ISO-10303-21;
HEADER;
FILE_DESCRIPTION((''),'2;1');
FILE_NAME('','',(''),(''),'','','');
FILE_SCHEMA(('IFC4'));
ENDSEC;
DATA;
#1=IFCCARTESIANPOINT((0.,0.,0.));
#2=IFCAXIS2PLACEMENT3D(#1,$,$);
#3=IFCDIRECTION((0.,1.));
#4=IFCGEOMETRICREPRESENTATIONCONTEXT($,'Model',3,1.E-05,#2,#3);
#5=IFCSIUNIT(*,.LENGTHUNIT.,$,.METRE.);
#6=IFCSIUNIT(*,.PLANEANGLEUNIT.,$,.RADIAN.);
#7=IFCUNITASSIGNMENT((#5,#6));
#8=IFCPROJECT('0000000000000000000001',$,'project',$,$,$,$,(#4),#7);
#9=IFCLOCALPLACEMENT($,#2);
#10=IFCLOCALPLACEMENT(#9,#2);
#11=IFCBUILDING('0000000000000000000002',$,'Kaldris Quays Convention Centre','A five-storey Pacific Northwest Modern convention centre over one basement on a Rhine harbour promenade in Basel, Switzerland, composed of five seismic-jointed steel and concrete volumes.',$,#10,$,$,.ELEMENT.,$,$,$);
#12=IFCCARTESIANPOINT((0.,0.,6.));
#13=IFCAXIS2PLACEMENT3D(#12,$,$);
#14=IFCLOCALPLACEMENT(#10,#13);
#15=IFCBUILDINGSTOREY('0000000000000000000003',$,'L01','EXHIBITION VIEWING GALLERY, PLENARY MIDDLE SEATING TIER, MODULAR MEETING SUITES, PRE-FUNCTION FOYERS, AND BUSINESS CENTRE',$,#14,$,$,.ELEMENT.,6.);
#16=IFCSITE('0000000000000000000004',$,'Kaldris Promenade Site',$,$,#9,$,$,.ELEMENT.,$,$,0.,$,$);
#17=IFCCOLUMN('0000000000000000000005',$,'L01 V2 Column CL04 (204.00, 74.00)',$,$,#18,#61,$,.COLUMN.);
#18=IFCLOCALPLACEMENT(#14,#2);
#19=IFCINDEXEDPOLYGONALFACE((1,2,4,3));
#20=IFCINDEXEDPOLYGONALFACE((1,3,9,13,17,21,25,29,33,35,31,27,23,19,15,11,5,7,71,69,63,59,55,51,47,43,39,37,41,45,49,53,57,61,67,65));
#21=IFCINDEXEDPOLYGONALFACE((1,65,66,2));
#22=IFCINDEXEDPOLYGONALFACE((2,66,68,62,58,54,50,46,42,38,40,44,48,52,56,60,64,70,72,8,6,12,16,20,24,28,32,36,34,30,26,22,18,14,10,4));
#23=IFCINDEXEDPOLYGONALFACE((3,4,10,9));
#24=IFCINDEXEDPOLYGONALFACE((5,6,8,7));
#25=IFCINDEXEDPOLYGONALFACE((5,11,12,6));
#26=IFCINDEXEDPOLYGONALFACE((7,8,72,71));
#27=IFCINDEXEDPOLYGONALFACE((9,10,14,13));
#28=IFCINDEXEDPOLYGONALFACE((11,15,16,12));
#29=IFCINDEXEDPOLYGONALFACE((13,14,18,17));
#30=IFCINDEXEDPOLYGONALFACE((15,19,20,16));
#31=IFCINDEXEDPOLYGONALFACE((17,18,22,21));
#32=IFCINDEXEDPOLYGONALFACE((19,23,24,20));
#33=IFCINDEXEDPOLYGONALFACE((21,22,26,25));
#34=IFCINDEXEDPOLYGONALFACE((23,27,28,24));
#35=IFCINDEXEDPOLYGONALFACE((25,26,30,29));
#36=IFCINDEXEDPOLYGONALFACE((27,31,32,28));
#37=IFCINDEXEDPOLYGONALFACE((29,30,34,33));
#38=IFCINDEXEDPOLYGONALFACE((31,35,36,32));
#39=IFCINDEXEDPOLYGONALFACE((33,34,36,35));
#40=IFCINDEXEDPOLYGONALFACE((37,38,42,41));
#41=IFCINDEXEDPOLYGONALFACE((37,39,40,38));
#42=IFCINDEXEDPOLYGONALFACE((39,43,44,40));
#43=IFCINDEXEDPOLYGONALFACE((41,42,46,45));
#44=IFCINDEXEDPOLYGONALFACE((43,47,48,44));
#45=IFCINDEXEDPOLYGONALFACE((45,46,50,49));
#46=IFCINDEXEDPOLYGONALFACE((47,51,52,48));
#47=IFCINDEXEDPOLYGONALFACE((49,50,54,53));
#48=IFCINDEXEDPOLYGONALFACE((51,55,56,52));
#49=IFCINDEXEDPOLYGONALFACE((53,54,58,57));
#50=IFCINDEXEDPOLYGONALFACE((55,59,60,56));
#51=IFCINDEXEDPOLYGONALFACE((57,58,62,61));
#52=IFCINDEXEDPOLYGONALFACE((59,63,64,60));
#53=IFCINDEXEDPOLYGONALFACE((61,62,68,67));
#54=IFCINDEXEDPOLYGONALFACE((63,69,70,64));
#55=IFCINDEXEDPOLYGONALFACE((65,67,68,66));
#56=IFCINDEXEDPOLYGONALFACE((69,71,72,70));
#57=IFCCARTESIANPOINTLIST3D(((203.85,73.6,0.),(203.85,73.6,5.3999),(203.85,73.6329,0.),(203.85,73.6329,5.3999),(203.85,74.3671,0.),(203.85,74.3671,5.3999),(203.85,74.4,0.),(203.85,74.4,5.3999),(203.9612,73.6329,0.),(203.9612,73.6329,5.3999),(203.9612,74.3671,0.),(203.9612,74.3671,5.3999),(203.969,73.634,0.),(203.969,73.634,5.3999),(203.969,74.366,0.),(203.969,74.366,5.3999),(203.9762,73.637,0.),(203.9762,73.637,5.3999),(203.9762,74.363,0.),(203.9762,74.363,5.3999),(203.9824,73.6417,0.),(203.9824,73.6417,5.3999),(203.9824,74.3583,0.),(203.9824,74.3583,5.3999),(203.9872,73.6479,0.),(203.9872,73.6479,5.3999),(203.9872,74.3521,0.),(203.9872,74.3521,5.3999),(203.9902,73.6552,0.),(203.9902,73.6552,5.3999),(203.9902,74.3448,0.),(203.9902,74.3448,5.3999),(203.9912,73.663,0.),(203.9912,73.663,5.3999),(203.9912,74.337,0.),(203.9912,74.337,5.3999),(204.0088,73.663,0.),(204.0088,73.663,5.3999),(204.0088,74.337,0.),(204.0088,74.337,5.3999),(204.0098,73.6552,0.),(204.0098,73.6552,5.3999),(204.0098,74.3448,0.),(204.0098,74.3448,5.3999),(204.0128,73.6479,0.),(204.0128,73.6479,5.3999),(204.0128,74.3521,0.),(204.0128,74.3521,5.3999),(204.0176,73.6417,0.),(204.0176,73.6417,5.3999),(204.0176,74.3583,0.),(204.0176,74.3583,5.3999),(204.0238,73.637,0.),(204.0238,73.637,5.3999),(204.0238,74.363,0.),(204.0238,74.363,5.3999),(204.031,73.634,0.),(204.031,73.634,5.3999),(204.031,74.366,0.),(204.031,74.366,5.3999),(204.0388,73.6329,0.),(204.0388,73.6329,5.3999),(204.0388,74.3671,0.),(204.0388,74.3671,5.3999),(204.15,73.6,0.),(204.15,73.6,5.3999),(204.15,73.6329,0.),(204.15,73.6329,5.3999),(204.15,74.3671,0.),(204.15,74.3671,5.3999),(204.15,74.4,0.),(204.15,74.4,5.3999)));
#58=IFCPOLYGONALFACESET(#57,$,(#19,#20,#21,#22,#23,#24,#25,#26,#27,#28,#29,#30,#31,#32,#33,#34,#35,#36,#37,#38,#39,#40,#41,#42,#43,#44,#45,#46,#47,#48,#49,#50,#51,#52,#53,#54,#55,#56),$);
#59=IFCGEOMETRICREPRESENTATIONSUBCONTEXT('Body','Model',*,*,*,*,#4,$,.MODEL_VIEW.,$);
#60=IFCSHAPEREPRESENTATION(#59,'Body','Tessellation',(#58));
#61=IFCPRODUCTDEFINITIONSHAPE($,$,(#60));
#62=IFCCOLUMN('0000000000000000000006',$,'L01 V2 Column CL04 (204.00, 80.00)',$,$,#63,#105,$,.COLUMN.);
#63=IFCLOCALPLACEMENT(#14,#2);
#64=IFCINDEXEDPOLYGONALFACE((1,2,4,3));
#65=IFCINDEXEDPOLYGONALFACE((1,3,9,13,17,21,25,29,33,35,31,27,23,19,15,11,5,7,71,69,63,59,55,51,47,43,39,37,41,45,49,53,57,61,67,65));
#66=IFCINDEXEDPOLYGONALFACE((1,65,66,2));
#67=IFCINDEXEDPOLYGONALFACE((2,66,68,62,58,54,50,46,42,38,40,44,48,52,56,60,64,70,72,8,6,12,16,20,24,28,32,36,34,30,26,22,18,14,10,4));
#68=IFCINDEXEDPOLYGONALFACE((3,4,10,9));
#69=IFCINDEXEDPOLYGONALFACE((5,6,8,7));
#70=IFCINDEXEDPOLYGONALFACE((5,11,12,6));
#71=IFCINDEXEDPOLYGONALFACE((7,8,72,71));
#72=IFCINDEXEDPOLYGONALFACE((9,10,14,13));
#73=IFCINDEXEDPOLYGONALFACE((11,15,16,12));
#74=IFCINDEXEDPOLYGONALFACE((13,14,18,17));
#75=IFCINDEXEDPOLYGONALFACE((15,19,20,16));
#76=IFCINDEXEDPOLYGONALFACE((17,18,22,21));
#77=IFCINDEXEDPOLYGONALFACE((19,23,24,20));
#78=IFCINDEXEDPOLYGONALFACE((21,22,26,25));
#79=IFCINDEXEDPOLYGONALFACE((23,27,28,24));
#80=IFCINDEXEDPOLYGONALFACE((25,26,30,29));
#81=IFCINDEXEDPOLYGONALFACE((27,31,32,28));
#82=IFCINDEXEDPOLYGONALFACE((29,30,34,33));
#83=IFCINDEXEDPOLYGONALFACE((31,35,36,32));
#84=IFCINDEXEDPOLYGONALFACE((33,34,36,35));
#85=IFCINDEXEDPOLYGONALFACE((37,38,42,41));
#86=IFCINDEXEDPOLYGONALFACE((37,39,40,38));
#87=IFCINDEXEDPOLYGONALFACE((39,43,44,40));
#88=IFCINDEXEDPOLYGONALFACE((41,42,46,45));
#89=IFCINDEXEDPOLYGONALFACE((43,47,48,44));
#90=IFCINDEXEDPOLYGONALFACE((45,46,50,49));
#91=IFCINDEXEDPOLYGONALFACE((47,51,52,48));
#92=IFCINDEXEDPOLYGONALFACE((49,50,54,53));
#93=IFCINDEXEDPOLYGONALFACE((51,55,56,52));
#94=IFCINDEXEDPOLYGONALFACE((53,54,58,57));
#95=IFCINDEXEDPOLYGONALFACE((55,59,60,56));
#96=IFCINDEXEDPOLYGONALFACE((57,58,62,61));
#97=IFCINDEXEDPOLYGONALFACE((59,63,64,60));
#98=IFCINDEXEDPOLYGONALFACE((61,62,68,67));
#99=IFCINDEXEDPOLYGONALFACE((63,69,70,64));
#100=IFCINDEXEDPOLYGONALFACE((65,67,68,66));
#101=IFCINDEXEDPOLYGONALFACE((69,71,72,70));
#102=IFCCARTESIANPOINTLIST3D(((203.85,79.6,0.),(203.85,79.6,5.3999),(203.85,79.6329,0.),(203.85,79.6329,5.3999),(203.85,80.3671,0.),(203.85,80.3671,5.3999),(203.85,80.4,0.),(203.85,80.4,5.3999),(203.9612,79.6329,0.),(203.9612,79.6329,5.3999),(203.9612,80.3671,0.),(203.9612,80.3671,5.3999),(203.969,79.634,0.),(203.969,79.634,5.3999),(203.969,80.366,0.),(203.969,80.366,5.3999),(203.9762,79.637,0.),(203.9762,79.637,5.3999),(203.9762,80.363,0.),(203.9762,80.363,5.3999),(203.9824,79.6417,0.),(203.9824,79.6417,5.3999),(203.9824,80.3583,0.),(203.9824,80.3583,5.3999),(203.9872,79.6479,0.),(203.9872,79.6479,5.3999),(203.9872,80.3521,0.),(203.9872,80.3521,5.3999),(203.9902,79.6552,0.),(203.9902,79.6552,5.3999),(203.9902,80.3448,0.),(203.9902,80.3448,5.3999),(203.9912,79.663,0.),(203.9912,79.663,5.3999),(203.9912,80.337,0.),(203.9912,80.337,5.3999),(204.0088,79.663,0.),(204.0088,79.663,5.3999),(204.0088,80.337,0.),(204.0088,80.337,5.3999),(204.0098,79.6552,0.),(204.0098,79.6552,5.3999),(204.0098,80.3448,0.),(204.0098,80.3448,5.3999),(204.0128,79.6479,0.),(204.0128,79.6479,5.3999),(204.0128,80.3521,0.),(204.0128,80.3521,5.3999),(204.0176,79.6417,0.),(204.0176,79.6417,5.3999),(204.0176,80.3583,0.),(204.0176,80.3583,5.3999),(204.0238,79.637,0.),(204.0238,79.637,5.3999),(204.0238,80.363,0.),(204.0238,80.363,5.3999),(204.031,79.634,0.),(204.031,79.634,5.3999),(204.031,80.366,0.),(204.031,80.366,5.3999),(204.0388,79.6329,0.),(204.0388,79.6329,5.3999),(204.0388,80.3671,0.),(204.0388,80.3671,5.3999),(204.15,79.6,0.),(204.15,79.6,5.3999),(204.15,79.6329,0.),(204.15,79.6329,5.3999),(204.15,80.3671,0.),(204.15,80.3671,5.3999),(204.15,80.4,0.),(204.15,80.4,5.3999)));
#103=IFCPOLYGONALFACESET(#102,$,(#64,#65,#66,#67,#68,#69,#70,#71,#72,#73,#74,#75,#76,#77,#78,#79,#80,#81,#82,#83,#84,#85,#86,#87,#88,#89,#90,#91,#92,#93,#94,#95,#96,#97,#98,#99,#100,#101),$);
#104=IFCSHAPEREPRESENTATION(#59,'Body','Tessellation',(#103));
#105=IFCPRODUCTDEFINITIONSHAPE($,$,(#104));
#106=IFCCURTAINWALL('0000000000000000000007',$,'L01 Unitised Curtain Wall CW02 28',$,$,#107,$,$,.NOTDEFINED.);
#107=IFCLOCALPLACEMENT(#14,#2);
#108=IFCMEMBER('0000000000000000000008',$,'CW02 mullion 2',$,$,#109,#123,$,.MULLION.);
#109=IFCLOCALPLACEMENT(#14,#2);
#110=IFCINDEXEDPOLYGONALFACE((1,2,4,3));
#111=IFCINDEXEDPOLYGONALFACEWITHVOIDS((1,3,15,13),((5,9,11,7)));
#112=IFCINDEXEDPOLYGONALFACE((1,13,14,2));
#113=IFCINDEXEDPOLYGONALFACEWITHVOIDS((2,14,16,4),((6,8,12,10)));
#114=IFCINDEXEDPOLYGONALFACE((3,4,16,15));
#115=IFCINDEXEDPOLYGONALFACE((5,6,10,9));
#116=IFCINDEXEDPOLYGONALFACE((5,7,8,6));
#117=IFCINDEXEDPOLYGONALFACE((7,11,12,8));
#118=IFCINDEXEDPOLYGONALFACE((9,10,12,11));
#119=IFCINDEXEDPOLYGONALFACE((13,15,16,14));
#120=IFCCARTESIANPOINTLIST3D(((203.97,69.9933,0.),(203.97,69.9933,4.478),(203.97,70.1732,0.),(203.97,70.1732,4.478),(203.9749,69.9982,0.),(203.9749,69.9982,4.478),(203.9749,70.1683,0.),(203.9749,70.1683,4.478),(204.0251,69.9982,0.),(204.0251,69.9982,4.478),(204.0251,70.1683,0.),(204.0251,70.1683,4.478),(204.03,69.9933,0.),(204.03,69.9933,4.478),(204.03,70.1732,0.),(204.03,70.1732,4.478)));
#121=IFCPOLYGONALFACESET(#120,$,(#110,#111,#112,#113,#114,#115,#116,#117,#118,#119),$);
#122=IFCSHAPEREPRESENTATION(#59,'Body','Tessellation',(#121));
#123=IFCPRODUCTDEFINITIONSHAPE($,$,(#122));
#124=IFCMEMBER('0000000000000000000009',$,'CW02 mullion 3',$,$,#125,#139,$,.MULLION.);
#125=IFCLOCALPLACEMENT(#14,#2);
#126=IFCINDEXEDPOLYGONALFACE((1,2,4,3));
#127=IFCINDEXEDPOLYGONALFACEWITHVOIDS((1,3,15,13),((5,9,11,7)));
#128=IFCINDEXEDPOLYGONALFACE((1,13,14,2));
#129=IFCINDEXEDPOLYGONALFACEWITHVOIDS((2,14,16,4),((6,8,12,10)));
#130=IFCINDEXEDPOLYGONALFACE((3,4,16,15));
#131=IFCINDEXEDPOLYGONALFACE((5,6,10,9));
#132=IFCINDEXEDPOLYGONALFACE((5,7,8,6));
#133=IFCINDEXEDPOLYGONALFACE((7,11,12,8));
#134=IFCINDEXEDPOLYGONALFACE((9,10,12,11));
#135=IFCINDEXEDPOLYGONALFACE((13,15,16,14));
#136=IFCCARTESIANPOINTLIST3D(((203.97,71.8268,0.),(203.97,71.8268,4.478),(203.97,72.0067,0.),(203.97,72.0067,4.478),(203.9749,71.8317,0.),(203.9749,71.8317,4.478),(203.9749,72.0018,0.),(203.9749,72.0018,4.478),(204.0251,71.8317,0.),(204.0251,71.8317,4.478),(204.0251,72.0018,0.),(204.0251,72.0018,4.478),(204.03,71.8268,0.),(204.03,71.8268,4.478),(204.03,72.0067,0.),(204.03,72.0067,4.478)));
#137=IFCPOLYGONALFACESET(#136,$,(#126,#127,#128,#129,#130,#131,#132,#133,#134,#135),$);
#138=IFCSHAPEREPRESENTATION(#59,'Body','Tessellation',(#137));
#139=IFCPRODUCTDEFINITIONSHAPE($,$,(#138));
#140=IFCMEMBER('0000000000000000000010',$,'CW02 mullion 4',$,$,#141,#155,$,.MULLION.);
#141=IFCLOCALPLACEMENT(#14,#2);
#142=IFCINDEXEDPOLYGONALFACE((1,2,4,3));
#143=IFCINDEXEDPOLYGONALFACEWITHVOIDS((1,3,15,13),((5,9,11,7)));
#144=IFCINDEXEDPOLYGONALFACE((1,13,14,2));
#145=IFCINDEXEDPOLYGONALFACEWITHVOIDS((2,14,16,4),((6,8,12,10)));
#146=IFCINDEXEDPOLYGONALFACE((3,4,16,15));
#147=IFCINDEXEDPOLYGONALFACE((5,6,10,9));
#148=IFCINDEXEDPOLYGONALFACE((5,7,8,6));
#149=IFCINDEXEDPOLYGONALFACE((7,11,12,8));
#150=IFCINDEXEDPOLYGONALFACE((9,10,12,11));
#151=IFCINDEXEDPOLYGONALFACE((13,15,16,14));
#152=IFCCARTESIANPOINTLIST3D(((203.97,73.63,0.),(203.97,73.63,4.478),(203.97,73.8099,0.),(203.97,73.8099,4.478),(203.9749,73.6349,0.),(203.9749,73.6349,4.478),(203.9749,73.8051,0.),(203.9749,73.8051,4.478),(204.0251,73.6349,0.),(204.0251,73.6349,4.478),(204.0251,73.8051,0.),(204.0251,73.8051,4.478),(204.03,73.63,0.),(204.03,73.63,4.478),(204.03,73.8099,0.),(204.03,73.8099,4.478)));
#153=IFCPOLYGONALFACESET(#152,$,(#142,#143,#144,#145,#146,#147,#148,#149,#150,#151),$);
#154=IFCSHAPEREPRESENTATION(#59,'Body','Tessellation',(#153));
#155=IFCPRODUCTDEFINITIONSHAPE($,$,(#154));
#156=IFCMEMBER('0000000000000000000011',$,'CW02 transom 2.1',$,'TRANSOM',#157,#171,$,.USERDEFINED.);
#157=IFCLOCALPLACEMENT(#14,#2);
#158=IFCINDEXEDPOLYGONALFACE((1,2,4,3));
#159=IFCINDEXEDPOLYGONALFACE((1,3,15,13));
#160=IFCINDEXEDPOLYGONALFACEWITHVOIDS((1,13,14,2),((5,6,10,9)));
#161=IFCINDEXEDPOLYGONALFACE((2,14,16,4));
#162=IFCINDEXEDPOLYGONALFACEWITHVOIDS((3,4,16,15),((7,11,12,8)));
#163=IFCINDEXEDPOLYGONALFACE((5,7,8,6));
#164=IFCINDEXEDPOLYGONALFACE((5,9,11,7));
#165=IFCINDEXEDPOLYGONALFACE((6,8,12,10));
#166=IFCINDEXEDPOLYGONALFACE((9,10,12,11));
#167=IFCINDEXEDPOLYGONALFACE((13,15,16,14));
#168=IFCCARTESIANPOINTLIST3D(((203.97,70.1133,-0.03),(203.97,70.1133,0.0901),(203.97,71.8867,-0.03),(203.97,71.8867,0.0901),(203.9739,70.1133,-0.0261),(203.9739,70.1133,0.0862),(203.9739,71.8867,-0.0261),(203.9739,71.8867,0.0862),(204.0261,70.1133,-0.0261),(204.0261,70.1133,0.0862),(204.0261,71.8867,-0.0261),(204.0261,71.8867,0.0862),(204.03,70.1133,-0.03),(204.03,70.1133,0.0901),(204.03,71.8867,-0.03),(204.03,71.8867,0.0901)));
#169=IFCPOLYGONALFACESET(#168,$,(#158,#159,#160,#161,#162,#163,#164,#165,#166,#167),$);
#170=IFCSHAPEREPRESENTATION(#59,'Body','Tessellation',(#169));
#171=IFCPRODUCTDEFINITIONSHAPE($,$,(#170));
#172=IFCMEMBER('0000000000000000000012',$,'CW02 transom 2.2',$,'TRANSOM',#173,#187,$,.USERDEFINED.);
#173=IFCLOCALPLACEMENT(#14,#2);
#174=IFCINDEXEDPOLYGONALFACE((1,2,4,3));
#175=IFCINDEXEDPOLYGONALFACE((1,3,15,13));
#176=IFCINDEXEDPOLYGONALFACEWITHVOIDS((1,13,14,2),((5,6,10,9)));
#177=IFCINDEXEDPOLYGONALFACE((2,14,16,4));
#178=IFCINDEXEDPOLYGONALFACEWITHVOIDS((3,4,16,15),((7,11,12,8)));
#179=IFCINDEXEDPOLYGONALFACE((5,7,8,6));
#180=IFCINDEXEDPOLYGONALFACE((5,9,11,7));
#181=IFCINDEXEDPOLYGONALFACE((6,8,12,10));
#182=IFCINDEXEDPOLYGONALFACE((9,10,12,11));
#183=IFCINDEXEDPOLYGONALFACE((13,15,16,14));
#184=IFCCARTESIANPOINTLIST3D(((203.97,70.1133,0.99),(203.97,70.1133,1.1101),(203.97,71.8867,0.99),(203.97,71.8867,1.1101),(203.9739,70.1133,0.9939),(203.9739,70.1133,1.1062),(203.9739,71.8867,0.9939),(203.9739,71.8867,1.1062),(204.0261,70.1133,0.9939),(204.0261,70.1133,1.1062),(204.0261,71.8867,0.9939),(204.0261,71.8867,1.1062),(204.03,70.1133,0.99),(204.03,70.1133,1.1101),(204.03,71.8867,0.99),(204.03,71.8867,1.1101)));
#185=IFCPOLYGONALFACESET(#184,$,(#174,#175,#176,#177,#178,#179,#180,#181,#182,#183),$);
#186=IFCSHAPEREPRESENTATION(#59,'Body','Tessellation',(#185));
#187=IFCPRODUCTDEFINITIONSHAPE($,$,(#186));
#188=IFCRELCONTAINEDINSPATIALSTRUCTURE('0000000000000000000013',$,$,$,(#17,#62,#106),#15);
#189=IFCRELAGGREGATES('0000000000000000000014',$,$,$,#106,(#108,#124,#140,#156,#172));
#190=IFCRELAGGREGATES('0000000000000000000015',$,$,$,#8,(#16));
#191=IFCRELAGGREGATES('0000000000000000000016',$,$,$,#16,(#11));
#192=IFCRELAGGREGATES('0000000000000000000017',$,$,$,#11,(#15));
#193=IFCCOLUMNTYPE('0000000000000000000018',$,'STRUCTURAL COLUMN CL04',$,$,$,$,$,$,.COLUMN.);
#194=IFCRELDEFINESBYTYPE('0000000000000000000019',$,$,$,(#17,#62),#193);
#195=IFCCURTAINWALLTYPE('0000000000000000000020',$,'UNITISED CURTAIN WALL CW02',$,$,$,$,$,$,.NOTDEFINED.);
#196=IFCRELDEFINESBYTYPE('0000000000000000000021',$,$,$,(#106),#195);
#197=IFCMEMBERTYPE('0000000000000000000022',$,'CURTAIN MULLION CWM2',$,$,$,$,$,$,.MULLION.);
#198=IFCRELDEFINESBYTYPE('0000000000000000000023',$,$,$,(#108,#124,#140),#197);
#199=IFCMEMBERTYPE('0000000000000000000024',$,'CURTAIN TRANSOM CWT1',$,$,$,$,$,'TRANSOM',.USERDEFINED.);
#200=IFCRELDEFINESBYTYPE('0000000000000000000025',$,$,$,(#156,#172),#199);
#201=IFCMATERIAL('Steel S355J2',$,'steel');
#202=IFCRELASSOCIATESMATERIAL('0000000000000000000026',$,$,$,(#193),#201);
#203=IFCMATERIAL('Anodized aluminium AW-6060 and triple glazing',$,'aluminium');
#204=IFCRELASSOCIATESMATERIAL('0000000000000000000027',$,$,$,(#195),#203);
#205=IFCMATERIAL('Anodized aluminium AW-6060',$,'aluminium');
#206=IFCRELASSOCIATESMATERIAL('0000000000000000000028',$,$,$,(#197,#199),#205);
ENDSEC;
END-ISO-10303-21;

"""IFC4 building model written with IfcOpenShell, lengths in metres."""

from ifc_helpers import new_model, si_unit, direction, frame, origin, origin_2d, place, context, subcontext, project, spatial, hollow_rectangle, i_section, extrude, material, material_profile, profile_set, type_object, element, aggregate, save


model = new_model("IFC4")

# Units and contexts
model_context = context("Model", 3, precision=1e-05, world=origin(), true_north=direction((0.0, 1.0)))
body_context = subcontext(model_context, "Body", "Model", "MODEL_VIEW")
ifc_project = project(units=[si_unit("LENGTHUNIT", "METRE"), si_unit("PLANEANGLEUNIT", "RADIAN")], contexts=[model_context])

# Site, building, storey
site_placement = place(None, origin())
site = spatial("IfcSite", under=ifc_project, at=site_placement, Name="Kaldris Promenade Site", CompositionType="ELEMENT", RefElevation=0.0)
building_placement = place(site_placement, origin())
building = spatial("IfcBuilding", under=site, at=building_placement, Name="Kaldris Quays Convention Centre", Description="A five-storey Pacific Northwest Modern convention centre over one basement on a Rhine harbour promenade in Basel, Switzerland, composed of five seismic-jointed steel and concrete volumes.", CompositionType="ELEMENT")
storey_placement = place(building_placement, frame((0.0, 0.0, 6.0)))
storey = spatial("IfcBuildingStorey", under=building, at=storey_placement, Name="L01", Description="EXHIBITION VIEWING GALLERY, PLENARY MIDDLE SEATING TIER, MODULAR MEETING SUITES, PRE-FUNCTION FOYERS, AND BUSINESS CENTRE", CompositionType="ELEMENT", Elevation=6.0)

# Columns
ifc_material_1 = material(Name="Steel S355J2", Category="steel")
ifc_material_profile_1 = material_profile(ifc_material_1, i_section(OverallWidth=0.3, OverallDepth=0.8, WebThickness=0.0176, FlangeThickness=0.033, FilletRadius=0.03, at=origin_2d()), Name="HEB 800")
ifc_profile_set_1 = profile_set([ifc_material_profile_1], Name="Steel S355J2")
column_type = type_object("IfcColumnType", Name="STRUCTURAL COLUMN CL04", PredefinedType="COLUMN", material=ifc_profile_set_1)
for number, where, z_axis, x_axis, name in (
    (1, (204.0, 74.0, 0.0), (0.0, 0.0, 1.0), (1.0, 0.0, 0.0), "L01 V2 Column CL04 (204.00, 74.00)"),
    (2, (204.0, 80.0, 0.0), (0.0, 0.0, 1.0), (1.0, 0.0, 0.0), "L01 V2 Column CL04 (204.00, 80.00)"),
):
    element("IfcColumn", number, at=place(storey_placement, frame(where, z_axis=z_axis, x_axis=x_axis)), inside=storey, type_object=column_type, Name=name, PredefinedType="COLUMN", context=body_context, shape_type="SweptSolid", body=[
        extrude(i_section(OverallWidth=0.3, OverallDepth=0.8, WebThickness=0.0176, FlangeThickness=0.033, FilletRadius=0.03, at=origin_2d()), origin(), (0.0, 0.0, 1.0), 5.3999),
    ])

# Curtain wall, members
ifc_material_2 = material(Name="Anodized aluminium AW-6060 and triple glazing", Category="aluminium")
curtain_wall_type = type_object("IfcCurtainWallType", Name="UNITISED CURTAIN WALL CW02", PredefinedType="NOTDEFINED", material=ifc_material_2)
curtain_wall_placement = place(storey_placement, origin())
curtain_wall = element("IfcCurtainWall", 3, at=curtain_wall_placement, inside=storey, type_object=curtain_wall_type, Name="L01 Unitised Curtain Wall CW02 28", PredefinedType="NOTDEFINED")
ifc_material_3 = material(Name="Anodized aluminium AW-6060", Category="aluminium")
ifc_material_profile_2 = material_profile(ifc_material_3, hollow_rectangle(XDim=0.0601, YDim=0.1799, WallThickness=0.0049, at=origin_2d()), Name="RHS 180x60x5")
ifc_profile_set_2 = profile_set([ifc_material_profile_2], Name="Anodized aluminium AW-6060")
member_type_1 = type_object("IfcMemberType", Name="CURTAIN MULLION CWM2", PredefinedType="MULLION", material=ifc_profile_set_2)
member_1_placement = place(storey_placement, frame((204.0, 70.0833, 0.0), z_axis=(0.0, 0.0, 1.0), x_axis=(-1.0, 0.0, 0.0)))
member_1 = element("IfcMember", 4, at=member_1_placement, type_object=member_type_1, Name="CW02 mullion 2", PredefinedType="MULLION", context=body_context, shape_type="SweptSolid", body=[
    extrude(hollow_rectangle(XDim=0.0601, YDim=0.1799, WallThickness=0.0049, at=origin_2d()), origin(), (0.0, 0.0, 1.0), 4.478),
])
member_2_placement = place(storey_placement, frame((204.0, 71.9167, 0.0), z_axis=(0.0, 0.0, 1.0), x_axis=(-1.0, 0.0, 0.0)))
member_2 = element("IfcMember", 5, at=member_2_placement, type_object=member_type_1, Name="CW02 mullion 3", PredefinedType="MULLION", context=body_context, shape_type="SweptSolid", body=[
    extrude(hollow_rectangle(XDim=0.0601, YDim=0.1799, WallThickness=0.0049, at=origin_2d()), origin(), (0.0, 0.0, 1.0), 4.478),
])
member_3_placement = place(storey_placement, frame((204.0, 73.72, 0.0), z_axis=(0.0, 0.0, 1.0), x_axis=(-1.0, 0.0, 0.0)))
member_3 = element("IfcMember", 6, at=member_3_placement, type_object=member_type_1, Name="CW02 mullion 4", PredefinedType="MULLION", context=body_context, shape_type="SweptSolid", body=[
    extrude(hollow_rectangle(XDim=0.0601, YDim=0.1799, WallThickness=0.0049, at=origin_2d()), origin(), (0.0, 0.0, 1.0), 4.478),
])
ifc_material_profile_3 = material_profile(ifc_material_3, hollow_rectangle(XDim=0.0601, YDim=0.1201, WallThickness=0.0039, at=origin_2d()), Name="RHS 120x60x4")
ifc_profile_set_3 = profile_set([ifc_material_profile_3], Name="Anodized aluminium AW-6060")
member_type_2 = type_object("IfcMemberType", Name="CURTAIN TRANSOM CWT1", ElementType="TRANSOM", PredefinedType="USERDEFINED", material=ifc_profile_set_3)
member_4_placement = place(storey_placement, frame((204.0, 70.1133, 0.03), z_axis=(0.0, 1.0, 0.0), x_axis=(-1.0, 0.0, 0.0)))
member_4 = element("IfcMember", 7, at=member_4_placement, type_object=member_type_2, Name="CW02 transom 2.1", ObjectType="TRANSOM", PredefinedType="USERDEFINED", context=body_context, shape_type="SweptSolid", body=[
    extrude(hollow_rectangle(XDim=0.0601, YDim=0.1201, WallThickness=0.0039, at=origin_2d()), origin(), (0.0, 0.0, 1.0), 1.7734),
])
member_5_placement = place(storey_placement, frame((204.0, 70.1133, 1.05), z_axis=(0.0, 1.0, 0.0), x_axis=(-1.0, 0.0, 0.0)))
member_5 = element("IfcMember", 8, at=member_5_placement, type_object=member_type_2, Name="CW02 transom 2.2", ObjectType="TRANSOM", PredefinedType="USERDEFINED", context=body_context, shape_type="SweptSolid", body=[
    extrude(hollow_rectangle(XDim=0.0601, YDim=0.1201, WallThickness=0.0039, at=origin_2d()), origin(), (0.0, 0.0, 1.0), 1.7734),
])

aggregate(curtain_wall, [member_1, member_2, member_3, member_4, member_5])

save(model, "model.ifc")
